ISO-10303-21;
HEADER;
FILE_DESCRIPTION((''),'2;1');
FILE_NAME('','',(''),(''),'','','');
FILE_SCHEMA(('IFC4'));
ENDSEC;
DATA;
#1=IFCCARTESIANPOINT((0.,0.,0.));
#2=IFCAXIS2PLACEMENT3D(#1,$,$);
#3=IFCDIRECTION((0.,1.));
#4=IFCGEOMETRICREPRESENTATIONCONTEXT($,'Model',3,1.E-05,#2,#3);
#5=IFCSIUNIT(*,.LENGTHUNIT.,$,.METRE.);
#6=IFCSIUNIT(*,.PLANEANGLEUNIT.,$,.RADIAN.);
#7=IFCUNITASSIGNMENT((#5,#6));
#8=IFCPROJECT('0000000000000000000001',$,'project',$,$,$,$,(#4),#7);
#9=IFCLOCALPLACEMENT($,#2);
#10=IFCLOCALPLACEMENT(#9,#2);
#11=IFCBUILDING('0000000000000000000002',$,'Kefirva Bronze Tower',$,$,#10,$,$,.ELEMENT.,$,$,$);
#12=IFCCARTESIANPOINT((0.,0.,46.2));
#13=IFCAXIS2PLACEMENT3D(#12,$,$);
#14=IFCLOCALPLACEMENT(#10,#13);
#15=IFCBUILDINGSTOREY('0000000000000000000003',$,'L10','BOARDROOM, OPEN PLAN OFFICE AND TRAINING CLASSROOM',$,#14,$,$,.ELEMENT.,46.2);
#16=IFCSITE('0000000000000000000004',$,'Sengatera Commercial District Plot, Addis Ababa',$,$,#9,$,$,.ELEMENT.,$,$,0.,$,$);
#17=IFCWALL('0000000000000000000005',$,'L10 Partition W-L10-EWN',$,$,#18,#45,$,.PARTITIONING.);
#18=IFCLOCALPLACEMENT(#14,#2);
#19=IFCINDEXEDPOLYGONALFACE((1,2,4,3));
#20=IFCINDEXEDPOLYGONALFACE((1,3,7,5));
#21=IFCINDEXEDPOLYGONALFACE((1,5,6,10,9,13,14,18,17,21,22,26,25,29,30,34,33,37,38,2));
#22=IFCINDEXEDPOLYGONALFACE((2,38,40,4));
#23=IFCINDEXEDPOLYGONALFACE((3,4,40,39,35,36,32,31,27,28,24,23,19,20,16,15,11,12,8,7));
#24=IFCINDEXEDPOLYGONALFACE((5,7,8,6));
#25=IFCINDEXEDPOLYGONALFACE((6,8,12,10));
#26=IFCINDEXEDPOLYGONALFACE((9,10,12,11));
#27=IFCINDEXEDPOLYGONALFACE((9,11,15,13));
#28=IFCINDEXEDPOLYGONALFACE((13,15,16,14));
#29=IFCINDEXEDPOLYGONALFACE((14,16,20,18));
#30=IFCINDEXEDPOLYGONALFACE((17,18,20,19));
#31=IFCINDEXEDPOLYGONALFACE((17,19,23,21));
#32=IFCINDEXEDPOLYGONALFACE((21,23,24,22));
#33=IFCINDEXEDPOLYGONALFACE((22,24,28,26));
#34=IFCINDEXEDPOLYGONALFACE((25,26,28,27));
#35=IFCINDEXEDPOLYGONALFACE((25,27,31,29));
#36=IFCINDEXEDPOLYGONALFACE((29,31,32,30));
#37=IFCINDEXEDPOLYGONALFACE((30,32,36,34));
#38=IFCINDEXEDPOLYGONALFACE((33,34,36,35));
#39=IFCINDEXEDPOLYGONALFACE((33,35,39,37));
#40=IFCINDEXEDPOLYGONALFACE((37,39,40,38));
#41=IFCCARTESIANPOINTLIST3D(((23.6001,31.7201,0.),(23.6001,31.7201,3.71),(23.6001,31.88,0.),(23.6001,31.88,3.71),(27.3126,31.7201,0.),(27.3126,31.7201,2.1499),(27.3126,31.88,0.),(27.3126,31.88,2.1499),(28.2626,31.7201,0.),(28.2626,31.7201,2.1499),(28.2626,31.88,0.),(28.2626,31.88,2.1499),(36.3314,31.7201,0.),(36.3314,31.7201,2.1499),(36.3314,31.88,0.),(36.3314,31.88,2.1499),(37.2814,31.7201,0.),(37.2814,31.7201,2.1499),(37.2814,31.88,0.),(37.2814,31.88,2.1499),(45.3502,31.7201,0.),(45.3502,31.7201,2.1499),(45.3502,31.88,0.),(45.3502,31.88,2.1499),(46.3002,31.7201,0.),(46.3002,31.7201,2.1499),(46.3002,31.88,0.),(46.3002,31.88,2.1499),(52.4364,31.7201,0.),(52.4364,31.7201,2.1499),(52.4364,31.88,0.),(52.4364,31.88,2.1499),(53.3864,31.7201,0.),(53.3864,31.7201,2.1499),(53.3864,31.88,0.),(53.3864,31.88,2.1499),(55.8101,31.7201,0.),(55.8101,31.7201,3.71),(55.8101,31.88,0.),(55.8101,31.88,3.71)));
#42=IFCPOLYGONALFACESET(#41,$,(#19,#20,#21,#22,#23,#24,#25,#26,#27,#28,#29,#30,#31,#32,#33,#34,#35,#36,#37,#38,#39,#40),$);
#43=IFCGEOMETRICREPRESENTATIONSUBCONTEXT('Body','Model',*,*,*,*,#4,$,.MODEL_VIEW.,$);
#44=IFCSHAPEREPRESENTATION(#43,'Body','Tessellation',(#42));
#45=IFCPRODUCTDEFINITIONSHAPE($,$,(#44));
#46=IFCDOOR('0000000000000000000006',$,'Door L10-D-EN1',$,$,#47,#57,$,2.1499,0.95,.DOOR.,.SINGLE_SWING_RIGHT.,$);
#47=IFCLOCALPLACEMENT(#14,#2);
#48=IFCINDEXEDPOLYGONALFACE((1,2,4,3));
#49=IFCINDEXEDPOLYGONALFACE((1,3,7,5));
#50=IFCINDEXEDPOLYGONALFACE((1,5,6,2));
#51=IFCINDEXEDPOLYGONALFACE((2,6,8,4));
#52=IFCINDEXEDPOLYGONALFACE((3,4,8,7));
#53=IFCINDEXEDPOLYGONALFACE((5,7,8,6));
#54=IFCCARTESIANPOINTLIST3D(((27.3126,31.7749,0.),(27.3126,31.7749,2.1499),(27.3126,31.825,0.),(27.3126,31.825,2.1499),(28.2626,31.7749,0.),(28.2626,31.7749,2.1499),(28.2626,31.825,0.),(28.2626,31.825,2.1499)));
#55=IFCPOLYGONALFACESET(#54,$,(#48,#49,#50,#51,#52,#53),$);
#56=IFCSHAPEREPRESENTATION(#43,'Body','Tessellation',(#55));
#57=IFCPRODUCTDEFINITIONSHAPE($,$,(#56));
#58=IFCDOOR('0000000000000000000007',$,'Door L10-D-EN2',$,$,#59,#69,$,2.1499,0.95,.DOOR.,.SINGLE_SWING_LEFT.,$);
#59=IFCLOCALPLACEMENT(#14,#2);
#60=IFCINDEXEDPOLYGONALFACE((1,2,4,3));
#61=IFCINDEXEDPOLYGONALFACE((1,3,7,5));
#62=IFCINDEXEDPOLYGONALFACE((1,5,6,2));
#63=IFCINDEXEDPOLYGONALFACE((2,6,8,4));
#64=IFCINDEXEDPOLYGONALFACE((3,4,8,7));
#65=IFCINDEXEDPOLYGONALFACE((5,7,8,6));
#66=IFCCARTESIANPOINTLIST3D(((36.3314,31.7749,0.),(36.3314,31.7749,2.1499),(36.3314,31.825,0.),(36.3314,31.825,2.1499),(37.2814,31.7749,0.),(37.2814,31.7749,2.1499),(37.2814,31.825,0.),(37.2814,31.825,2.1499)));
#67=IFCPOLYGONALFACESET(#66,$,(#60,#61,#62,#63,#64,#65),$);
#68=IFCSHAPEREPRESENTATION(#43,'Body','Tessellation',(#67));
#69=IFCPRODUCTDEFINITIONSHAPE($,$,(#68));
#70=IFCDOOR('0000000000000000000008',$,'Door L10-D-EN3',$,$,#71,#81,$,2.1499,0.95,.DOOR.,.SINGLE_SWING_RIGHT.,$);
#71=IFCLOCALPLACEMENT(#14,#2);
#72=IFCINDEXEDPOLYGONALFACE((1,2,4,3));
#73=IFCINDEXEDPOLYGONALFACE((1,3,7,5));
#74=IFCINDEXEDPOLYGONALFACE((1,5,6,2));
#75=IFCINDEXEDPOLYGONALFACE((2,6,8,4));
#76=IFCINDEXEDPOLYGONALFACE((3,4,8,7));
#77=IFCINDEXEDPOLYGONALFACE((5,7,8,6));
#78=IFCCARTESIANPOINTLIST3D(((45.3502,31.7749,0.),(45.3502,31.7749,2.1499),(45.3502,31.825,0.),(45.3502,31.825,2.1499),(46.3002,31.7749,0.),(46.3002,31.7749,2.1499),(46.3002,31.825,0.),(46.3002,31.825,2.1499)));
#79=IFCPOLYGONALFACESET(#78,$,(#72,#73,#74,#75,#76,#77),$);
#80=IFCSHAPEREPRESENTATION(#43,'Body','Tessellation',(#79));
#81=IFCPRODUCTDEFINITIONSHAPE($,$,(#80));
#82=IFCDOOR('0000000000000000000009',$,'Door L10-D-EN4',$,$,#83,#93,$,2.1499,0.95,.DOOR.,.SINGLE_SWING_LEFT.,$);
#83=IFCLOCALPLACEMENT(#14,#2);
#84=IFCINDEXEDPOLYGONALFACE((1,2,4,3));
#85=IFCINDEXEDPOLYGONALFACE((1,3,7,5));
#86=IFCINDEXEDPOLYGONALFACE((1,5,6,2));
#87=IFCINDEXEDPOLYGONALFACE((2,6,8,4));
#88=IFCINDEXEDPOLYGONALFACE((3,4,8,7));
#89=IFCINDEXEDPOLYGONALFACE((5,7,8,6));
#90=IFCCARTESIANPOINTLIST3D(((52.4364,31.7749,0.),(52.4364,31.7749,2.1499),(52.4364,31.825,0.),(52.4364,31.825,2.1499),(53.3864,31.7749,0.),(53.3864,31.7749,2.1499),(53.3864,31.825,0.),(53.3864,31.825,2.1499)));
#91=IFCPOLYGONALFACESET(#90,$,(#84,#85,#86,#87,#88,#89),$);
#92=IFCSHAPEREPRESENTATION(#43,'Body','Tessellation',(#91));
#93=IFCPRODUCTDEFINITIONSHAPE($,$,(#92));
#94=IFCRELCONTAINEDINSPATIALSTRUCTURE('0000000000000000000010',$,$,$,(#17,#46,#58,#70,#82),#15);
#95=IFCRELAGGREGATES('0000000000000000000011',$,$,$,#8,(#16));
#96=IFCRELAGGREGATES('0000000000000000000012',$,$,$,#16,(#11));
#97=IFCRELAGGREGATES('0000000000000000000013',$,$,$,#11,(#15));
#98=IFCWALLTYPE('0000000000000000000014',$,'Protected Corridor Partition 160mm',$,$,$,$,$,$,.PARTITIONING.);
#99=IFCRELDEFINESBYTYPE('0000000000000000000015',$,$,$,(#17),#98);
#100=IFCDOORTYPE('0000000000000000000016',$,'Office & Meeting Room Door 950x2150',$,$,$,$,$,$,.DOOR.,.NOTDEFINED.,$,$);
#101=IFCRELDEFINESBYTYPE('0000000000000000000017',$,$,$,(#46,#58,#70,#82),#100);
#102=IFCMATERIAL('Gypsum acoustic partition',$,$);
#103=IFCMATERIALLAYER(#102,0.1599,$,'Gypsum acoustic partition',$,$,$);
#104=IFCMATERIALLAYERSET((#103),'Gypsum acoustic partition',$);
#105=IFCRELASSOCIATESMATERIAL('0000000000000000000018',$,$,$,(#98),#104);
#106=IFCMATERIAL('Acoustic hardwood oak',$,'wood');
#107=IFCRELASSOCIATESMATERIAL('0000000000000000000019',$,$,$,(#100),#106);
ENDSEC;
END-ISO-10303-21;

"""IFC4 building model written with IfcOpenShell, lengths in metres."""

from ifc_helpers import new_model, si_unit, direction, frame, frame_2d, origin, place, context, subcontext, project, spatial, rectangle, extrude, material, layer, layer_set, type_object, element, fill, save


model = new_model("IFC4")

# Units and contexts
model_context = context("Model", 3, precision=1e-05, world=origin(), true_north=direction((0.0, 1.0)))
body_context = subcontext(model_context, "Body", "Model", "MODEL_VIEW")
ifc_project = project(units=[si_unit("LENGTHUNIT", "METRE"), si_unit("PLANEANGLEUNIT", "RADIAN")], contexts=[model_context])

# Site, building, storey
site_placement = place(None, origin())
site = spatial("IfcSite", under=ifc_project, at=site_placement, Name="Sengatera Commercial District Plot, Addis Ababa", CompositionType="ELEMENT", RefElevation=0.0)
building_placement = place(site_placement, origin())
building = spatial("IfcBuilding", under=site, at=building_placement, Name="Kefirva Bronze Tower", CompositionType="ELEMENT")
storey_placement = place(building_placement, frame((0.0, 0.0, 46.2)))
storey = spatial("IfcBuildingStorey", under=building, at=storey_placement, Name="L10", Description="BOARDROOM, OPEN PLAN OFFICE AND TRAINING CLASSROOM", CompositionType="ELEMENT", Elevation=46.2)

# Shared definitions
ifc_material_1 = material(Name="Gypsum acoustic partition")

# Wall, openings, doors
ifc_layer_1 = layer(ifc_material_1, 0.1599, Name="Gypsum acoustic partition")
ifc_layer_set_1 = layer_set([ifc_layer_1], Name="Gypsum acoustic partition")
wall_type_1 = type_object("IfcWallType", Name="Protected Corridor Partition 160mm", PredefinedType="PARTITIONING", material=ifc_layer_set_1)
ifc_material_2 = material(Name="Acoustic hardwood oak", Category="wood")
door_type = type_object("IfcDoorType", Name="Office & Meeting Room Door 950x2150", OperationType="NOTDEFINED", PredefinedType="DOOR", material=ifc_material_2)
wall_1_placement = place(storey_placement, frame((23.6001, 31.8, 0.0), z_axis=(0.0, 0.0, 1.0), x_axis=(1.0, 0.0, 0.0)))
wall_1 = element("IfcWall", 1, at=wall_1_placement, inside=storey, type_object=wall_type_1, Name="L10 Partition W-L10-EWN", PredefinedType="PARTITIONING", context=body_context, shape_type="SweptSolid", body=[
    extrude(rectangle(XDim=32.21, YDim=0.1599, at=frame_2d((16.105, 0.0))), origin(), (0.0, 0.0, 1.0), 3.71),
])
opening_1_placement = place(wall_1_placement, frame((3.7124, 0.0, 0.0)))
opening_1 = element("IfcOpeningElement", 2, at=opening_1_placement, cuts=wall_1, PredefinedType="OPENING", context=body_context, shape_type="SweptSolid", body=[
    extrude(rectangle(XDim=0.95, YDim=2.1499, at=frame_2d((0.4751, 1.075))), frame((0.0, 0.0898, 0.0), z_axis=(0.0, -1.0, 0.0), x_axis=(1.0, 0.0, 0.0)), (0.0, 0.0, 1.0), 0.1799),
])
opening_2_placement = place(wall_1_placement, frame((12.7312, 0.0, 0.0)))
opening_2 = element("IfcOpeningElement", 3, at=opening_2_placement, cuts=wall_1, PredefinedType="OPENING", context=body_context, shape_type="SweptSolid", body=[
    extrude(rectangle(XDim=0.95, YDim=2.1499, at=frame_2d((0.4751, 1.075))), frame((0.0, 0.0898, 0.0), z_axis=(0.0, -1.0, 0.0), x_axis=(1.0, 0.0, 0.0)), (0.0, 0.0, 1.0), 0.1799),
])
opening_3_placement = place(wall_1_placement, frame((21.75, 0.0, 0.0)))
opening_3 = element("IfcOpeningElement", 4, at=opening_3_placement, cuts=wall_1, PredefinedType="OPENING", context=body_context, shape_type="SweptSolid", body=[
    extrude(rectangle(XDim=0.95, YDim=2.1499, at=frame_2d((0.4751, 1.075))), frame((0.0, 0.0898, 0.0), z_axis=(0.0, -1.0, 0.0), x_axis=(1.0, 0.0, 0.0)), (0.0, 0.0, 1.0), 0.1799),
])
opening_4_placement = place(wall_1_placement, frame((28.8362, 0.0, 0.0)))
opening_4 = element("IfcOpeningElement", 5, at=opening_4_placement, cuts=wall_1, PredefinedType="OPENING", context=body_context, shape_type="SweptSolid", body=[
    extrude(rectangle(XDim=0.95, YDim=2.1499, at=frame_2d((0.4751, 1.075))), frame((0.0, 0.0898, 0.0), z_axis=(0.0, -1.0, 0.0), x_axis=(1.0, 0.0, 0.0)), (0.0, 0.0, 1.0), 0.1799),
])
door_1_placement = place(opening_1_placement, origin())
door_1 = element("IfcDoor", 6, at=door_1_placement, inside=storey, type_object=door_type, Name="Door L10-D-EN1", OperationType="SINGLE_SWING_RIGHT", OverallHeight=2.1499, OverallWidth=0.95, PredefinedType="DOOR", context=body_context, shape_type="SweptSolid", body=[
    extrude(rectangle(XDim=0.95, YDim=2.1499, at=frame_2d((0.4751, 1.075))), frame((0.0, 0.0249, 0.0), z_axis=(0.0, -1.0, 0.0), x_axis=(1.0, 0.0, 0.0)), (0.0, 0.0, 1.0), 0.05),
])
fill(opening_1, door_1)
door_2_placement = place(opening_2_placement, origin())
door_2 = element("IfcDoor", 7, at=door_2_placement, inside=storey, type_object=door_type, Name="Door L10-D-EN2", OperationType="SINGLE_SWING_LEFT", OverallHeight=2.1499, OverallWidth=0.95, PredefinedType="DOOR", context=body_context, shape_type="SweptSolid", body=[
    extrude(rectangle(XDim=0.95, YDim=2.1499, at=frame_2d((0.4751, 1.075))), frame((0.0, 0.0249, 0.0), z_axis=(0.0, -1.0, 0.0), x_axis=(1.0, 0.0, 0.0)), (0.0, 0.0, 1.0), 0.05),
])
fill(opening_2, door_2)
door_3_placement = place(opening_3_placement, origin())
door_3 = element("IfcDoor", 8, at=door_3_placement, inside=storey, type_object=door_type, Name="Door L10-D-EN3", OperationType="SINGLE_SWING_RIGHT", OverallHeight=2.1499, OverallWidth=0.95, PredefinedType="DOOR", context=body_context, shape_type="SweptSolid", body=[
    extrude(rectangle(XDim=0.95, YDim=2.1499, at=frame_2d((0.4751, 1.075))), frame((0.0, 0.0249, 0.0), z_axis=(0.0, -1.0, 0.0), x_axis=(1.0, 0.0, 0.0)), (0.0, 0.0, 1.0), 0.05),
])
fill(opening_3, door_3)
door_4_placement = place(opening_4_placement, origin())
door_4 = element("IfcDoor", 9, at=door_4_placement, inside=storey, type_object=door_type, Name="Door L10-D-EN4", OperationType="SINGLE_SWING_LEFT", OverallHeight=2.1499, OverallWidth=0.95, PredefinedType="DOOR", context=body_context, shape_type="SweptSolid", body=[
    extrude(rectangle(XDim=0.95, YDim=2.1499, at=frame_2d((0.4751, 1.075))), frame((0.0, 0.0249, 0.0), z_axis=(0.0, -1.0, 0.0), x_axis=(1.0, 0.0, 0.0)), (0.0, 0.0, 1.0), 0.05),
])
fill(opening_4, door_4)

save(model, "model.ifc")
